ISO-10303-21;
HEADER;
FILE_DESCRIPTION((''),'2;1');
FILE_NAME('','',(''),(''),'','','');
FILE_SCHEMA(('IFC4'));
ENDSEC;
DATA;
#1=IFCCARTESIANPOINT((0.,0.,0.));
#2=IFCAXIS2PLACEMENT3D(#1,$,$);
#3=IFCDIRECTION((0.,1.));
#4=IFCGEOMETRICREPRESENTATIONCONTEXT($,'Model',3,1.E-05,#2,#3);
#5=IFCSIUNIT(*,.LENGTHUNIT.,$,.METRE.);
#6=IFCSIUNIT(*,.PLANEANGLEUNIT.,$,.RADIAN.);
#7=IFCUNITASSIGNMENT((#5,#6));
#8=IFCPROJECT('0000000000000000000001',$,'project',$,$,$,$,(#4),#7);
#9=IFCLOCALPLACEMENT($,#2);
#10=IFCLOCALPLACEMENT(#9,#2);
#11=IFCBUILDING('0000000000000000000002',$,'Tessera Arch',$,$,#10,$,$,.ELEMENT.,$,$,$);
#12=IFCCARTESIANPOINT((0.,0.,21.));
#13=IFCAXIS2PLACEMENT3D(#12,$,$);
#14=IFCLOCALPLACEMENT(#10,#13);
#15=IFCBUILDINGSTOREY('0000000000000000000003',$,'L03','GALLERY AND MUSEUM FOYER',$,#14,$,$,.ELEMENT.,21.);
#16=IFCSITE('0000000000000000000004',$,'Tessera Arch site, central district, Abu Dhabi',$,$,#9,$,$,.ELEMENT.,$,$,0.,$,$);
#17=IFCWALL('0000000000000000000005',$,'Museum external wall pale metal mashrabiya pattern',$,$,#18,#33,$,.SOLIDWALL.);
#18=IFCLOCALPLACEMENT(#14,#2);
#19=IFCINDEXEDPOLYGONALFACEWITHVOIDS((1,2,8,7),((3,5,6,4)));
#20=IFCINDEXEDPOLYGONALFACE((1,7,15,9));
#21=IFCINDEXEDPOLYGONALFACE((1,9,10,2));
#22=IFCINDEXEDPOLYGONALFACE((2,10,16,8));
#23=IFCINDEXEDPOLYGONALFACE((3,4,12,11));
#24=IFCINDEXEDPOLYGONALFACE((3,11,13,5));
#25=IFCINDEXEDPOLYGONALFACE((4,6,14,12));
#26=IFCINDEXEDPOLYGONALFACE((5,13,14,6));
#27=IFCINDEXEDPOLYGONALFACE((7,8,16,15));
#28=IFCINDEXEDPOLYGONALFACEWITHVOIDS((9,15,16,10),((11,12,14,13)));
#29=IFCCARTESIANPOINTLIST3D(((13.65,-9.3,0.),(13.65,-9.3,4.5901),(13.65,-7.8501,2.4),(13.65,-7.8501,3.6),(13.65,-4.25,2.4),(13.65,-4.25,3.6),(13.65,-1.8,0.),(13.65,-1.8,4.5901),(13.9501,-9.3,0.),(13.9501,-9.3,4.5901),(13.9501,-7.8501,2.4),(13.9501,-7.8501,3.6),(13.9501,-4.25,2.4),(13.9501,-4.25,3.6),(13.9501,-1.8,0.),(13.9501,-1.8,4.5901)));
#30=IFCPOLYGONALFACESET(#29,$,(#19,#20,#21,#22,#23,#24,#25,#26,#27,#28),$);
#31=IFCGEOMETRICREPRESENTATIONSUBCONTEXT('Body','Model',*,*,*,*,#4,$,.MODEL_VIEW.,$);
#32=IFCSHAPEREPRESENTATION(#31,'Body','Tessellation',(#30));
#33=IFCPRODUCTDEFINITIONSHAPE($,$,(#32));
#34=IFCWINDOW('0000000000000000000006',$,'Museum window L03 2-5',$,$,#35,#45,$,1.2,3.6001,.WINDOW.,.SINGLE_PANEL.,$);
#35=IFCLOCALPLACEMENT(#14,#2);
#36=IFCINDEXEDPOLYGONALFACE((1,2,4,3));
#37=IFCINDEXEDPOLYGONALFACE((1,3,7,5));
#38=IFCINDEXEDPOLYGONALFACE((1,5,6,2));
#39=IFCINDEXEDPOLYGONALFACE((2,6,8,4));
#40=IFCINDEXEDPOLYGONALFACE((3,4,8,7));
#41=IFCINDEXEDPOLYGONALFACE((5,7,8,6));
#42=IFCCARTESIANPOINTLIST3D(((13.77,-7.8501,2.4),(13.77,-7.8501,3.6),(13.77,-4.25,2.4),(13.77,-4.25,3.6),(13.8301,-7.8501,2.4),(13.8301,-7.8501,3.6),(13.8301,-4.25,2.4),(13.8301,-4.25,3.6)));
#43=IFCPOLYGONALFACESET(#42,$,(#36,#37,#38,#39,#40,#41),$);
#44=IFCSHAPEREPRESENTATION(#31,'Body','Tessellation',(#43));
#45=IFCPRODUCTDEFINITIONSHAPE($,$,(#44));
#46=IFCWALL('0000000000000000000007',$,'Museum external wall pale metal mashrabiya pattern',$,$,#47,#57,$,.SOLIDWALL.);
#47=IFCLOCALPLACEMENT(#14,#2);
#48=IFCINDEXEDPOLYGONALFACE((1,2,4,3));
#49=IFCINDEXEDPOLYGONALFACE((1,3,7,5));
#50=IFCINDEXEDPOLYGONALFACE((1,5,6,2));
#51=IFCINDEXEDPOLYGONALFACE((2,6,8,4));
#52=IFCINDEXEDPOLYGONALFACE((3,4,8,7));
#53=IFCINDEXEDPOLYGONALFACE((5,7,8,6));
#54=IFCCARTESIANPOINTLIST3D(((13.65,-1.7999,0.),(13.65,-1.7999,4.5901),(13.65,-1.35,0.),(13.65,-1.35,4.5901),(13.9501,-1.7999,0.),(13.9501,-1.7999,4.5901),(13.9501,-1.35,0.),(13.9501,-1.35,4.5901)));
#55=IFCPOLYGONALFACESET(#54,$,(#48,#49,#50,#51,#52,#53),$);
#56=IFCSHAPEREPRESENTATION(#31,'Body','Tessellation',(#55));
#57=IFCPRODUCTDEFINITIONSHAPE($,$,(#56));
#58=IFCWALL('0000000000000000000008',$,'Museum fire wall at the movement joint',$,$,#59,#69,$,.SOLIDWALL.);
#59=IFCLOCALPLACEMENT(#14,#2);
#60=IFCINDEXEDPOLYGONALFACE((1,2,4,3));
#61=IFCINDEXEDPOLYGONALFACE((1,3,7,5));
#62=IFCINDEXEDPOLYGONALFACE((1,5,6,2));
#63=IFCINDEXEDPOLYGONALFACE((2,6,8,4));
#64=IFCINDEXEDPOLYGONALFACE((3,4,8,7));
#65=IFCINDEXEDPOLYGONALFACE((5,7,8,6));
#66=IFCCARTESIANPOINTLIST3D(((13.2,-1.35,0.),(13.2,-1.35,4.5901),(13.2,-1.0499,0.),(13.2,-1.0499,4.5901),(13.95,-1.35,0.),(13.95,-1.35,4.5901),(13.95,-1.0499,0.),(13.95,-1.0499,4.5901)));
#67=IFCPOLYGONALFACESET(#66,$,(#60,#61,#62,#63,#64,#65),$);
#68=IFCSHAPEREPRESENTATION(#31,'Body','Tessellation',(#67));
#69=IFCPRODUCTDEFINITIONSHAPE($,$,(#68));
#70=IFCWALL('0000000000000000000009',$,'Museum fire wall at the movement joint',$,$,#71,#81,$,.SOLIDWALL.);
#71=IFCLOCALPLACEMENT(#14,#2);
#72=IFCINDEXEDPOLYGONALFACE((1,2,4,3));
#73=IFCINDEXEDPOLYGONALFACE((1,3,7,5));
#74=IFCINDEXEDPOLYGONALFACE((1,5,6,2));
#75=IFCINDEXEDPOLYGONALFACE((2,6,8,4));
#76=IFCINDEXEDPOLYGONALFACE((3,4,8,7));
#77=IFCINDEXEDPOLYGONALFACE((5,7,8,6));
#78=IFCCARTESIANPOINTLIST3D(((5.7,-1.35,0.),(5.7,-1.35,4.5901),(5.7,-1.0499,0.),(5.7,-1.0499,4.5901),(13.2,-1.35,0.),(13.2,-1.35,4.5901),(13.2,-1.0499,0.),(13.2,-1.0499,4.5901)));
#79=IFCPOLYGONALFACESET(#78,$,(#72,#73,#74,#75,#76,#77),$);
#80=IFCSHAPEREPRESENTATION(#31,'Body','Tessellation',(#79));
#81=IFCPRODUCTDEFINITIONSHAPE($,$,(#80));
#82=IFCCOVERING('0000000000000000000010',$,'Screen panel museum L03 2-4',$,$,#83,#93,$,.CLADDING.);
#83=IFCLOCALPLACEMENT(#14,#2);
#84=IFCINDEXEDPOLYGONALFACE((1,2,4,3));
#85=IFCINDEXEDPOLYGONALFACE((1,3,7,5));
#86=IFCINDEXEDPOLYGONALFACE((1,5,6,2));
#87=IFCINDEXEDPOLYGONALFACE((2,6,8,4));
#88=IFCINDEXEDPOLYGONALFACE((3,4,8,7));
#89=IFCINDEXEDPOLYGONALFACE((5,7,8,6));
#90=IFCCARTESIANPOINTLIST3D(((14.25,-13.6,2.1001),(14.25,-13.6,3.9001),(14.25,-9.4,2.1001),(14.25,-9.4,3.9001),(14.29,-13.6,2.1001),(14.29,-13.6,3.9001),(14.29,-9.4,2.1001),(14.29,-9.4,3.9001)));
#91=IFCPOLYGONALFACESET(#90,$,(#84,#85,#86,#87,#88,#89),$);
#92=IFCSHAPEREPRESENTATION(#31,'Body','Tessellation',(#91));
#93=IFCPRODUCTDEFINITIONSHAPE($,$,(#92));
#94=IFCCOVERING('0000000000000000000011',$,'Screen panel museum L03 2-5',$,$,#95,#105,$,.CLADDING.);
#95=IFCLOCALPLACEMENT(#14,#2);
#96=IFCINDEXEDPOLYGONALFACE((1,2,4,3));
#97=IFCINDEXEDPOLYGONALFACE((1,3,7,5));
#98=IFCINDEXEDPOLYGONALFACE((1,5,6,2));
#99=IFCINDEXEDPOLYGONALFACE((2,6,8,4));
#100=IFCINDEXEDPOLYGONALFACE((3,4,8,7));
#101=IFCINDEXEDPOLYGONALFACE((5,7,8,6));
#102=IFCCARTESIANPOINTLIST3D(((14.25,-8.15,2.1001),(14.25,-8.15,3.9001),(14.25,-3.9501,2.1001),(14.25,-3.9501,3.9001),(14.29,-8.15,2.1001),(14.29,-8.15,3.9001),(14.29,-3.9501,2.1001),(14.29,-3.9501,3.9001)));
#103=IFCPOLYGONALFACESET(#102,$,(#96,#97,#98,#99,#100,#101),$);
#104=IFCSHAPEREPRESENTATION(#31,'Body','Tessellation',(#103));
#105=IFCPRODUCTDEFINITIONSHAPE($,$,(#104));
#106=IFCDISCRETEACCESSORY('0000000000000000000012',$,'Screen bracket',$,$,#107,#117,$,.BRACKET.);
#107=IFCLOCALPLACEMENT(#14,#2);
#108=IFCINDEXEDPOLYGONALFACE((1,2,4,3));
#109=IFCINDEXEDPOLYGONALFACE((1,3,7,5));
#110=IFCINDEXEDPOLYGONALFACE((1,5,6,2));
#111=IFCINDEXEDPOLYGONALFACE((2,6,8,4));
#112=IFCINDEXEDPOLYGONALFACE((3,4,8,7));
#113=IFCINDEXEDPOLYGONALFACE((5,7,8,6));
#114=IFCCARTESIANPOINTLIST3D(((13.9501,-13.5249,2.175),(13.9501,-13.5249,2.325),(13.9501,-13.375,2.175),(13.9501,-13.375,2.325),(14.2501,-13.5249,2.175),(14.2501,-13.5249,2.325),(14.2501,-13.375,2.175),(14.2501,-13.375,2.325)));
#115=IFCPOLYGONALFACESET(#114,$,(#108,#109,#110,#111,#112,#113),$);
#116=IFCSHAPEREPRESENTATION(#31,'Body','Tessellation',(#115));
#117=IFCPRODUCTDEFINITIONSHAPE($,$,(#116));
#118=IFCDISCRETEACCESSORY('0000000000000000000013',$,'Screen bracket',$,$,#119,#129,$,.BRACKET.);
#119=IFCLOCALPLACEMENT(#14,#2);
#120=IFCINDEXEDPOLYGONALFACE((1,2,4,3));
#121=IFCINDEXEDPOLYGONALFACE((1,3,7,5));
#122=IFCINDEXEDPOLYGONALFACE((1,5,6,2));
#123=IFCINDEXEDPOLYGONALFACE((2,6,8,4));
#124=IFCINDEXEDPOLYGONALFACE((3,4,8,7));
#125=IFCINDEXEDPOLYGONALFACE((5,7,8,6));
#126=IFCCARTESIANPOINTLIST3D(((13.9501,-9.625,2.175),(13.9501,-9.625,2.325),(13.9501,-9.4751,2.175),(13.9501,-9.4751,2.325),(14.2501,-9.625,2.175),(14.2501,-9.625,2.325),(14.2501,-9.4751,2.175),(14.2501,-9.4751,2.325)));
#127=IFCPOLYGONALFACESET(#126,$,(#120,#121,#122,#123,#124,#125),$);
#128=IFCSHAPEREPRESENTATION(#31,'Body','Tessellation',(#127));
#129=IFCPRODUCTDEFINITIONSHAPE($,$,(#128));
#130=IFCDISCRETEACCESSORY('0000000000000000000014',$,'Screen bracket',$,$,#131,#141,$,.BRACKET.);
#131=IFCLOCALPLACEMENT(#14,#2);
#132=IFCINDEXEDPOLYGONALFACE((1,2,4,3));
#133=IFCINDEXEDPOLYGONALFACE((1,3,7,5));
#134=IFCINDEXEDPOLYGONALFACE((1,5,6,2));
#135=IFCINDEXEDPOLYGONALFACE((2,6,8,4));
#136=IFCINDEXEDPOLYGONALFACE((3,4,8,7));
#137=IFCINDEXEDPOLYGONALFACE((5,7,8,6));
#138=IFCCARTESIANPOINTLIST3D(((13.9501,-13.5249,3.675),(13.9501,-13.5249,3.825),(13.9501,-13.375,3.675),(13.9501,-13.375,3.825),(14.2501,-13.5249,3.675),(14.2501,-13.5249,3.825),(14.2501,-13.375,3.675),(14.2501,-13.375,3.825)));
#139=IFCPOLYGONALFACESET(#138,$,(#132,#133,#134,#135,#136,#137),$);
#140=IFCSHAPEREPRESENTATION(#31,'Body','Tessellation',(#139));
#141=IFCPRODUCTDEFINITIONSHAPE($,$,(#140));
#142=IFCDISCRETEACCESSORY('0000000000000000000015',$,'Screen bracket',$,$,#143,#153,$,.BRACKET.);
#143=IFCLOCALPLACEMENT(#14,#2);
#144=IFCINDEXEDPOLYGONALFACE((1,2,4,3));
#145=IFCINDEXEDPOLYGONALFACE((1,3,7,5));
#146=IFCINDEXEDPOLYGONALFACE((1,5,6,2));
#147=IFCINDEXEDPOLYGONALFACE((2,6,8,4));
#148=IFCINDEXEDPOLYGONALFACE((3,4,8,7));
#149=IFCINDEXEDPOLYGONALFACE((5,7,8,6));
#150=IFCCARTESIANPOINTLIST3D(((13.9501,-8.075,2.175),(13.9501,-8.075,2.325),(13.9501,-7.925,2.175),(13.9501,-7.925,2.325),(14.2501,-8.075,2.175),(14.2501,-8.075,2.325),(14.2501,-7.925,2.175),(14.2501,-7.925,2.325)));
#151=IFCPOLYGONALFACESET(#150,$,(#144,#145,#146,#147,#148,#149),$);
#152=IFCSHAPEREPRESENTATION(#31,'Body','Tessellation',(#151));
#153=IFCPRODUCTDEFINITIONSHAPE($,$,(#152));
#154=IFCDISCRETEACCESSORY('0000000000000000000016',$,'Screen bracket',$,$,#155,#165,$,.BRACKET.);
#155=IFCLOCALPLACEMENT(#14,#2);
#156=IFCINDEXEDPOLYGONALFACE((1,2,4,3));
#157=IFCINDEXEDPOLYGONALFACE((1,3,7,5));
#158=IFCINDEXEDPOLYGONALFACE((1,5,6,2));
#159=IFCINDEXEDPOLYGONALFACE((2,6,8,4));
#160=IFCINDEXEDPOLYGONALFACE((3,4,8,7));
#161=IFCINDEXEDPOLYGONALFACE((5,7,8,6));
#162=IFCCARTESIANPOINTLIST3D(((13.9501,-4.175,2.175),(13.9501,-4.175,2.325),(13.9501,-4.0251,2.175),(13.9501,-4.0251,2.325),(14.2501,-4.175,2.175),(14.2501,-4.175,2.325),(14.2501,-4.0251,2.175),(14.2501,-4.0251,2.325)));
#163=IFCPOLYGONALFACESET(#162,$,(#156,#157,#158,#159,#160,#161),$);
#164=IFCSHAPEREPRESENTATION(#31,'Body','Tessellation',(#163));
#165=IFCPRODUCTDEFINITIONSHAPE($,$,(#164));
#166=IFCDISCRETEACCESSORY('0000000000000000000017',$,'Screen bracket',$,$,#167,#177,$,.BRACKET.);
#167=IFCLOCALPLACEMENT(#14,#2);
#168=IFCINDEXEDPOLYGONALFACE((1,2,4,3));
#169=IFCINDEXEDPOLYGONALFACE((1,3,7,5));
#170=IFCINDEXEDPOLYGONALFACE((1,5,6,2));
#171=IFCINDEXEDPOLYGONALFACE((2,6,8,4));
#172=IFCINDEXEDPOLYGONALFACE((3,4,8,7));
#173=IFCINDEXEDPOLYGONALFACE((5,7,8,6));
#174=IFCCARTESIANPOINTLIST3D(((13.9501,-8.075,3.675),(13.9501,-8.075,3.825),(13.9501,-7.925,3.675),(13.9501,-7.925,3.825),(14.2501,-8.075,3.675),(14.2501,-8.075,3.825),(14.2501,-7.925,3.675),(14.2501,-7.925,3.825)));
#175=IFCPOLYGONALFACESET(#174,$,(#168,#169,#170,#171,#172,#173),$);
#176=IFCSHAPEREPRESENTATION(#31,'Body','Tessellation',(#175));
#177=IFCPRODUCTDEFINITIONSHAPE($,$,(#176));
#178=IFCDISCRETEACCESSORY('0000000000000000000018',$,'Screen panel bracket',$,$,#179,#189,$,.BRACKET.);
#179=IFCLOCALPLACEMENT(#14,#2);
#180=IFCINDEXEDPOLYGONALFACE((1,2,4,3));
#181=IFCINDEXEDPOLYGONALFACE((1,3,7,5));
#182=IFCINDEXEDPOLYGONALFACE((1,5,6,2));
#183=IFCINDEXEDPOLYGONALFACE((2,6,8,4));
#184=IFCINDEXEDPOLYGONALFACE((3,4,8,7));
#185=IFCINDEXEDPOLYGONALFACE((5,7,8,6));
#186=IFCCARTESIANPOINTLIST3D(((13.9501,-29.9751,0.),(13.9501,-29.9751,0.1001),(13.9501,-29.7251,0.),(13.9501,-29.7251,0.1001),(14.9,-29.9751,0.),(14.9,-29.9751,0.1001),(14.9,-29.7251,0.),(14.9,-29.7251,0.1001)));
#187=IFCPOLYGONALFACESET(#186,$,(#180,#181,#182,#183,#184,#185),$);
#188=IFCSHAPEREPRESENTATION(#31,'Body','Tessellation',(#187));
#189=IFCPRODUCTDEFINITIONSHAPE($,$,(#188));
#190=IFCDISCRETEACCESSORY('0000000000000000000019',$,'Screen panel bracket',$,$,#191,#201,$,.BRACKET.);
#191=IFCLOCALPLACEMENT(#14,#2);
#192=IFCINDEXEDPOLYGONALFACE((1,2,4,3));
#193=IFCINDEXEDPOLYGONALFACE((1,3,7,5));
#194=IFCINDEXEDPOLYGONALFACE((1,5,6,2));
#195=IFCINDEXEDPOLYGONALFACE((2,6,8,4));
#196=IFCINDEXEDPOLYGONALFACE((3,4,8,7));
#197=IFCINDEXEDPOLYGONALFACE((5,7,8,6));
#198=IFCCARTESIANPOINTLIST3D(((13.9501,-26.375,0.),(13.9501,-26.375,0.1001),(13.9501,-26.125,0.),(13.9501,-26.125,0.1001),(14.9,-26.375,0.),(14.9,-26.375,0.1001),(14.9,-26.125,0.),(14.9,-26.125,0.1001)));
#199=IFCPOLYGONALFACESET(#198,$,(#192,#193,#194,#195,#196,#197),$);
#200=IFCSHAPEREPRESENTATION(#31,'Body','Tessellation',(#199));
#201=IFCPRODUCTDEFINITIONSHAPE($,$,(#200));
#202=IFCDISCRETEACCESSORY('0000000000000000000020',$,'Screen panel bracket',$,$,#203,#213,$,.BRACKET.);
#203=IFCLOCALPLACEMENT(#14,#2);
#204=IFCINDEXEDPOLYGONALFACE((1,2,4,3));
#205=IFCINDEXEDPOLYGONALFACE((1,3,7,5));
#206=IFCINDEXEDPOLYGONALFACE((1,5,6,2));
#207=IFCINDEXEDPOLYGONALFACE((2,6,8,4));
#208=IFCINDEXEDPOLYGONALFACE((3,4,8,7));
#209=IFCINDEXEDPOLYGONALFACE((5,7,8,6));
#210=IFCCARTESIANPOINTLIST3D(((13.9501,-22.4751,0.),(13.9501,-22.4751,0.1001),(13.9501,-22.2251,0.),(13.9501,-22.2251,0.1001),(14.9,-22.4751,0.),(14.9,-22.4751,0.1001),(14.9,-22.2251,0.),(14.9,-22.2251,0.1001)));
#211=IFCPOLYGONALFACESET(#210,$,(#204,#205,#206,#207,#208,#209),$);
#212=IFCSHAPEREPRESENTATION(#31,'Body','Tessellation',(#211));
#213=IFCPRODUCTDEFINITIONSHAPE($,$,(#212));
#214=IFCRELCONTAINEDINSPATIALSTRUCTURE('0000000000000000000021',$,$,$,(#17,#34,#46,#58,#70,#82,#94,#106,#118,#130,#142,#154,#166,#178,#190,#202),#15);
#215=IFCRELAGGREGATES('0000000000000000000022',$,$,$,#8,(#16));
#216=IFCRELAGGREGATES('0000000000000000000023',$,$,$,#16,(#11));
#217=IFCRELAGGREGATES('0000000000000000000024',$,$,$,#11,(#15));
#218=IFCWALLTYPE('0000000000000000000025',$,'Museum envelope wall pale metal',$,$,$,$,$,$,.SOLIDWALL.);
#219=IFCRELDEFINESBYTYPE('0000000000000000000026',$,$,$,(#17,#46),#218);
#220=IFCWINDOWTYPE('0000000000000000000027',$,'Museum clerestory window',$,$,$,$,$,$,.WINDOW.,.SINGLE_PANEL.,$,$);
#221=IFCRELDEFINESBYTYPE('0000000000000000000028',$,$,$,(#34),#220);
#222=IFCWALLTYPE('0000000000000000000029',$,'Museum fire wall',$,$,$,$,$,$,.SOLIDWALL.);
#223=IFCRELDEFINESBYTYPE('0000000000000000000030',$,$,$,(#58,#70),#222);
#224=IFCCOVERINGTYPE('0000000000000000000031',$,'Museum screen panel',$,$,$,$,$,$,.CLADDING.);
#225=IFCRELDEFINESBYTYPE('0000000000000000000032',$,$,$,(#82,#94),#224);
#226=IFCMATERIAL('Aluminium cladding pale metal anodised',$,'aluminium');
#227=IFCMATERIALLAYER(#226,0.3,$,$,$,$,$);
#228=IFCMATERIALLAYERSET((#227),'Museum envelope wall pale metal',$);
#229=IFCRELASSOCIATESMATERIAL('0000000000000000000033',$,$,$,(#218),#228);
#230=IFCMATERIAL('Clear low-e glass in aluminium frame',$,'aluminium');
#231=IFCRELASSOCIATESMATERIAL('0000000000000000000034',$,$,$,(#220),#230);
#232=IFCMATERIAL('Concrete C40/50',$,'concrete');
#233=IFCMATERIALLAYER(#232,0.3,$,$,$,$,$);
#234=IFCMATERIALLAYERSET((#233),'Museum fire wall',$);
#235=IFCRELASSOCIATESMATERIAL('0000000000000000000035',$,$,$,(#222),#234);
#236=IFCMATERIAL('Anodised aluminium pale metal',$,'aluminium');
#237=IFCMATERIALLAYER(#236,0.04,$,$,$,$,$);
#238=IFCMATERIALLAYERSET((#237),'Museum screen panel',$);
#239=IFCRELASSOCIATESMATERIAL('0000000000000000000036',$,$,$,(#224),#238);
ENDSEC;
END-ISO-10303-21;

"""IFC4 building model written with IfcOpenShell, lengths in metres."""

from ifc_helpers import new_model, si_unit, direction, frame, frame_2d, origin, origin_2d, place, context, subcontext, project, spatial, rectangle, extrude, material, layer, layer_set, type_object, element, fill, save


model = new_model("IFC4")

# Units and contexts
model_context = context("Model", 3, precision=1e-05, world=origin(), true_north=direction((0.0, 1.0)))
body_context = subcontext(model_context, "Body", "Model", "MODEL_VIEW")
ifc_project = project(units=[si_unit("LENGTHUNIT", "METRE"), si_unit("PLANEANGLEUNIT", "RADIAN")], contexts=[model_context])

# Site, building, storey
site_placement = place(None, origin())
site = spatial("IfcSite", under=ifc_project, at=site_placement, Name="Tessera Arch site, central district, Abu Dhabi", CompositionType="ELEMENT", RefElevation=0.0)
building_placement = place(site_placement, origin())
building = spatial("IfcBuilding", under=site, at=building_placement, Name="Tessera Arch", CompositionType="ELEMENT")
storey_placement = place(building_placement, frame((0.0, 0.0, 21.0)))
storey = spatial("IfcBuildingStorey", under=building, at=storey_placement, Name="L03", Description="GALLERY AND MUSEUM FOYER", CompositionType="ELEMENT", Elevation=21.0)

# Shared definitions
ifc_material_1 = material(Name="Aluminium cladding pale metal anodised", Category="aluminium")
ifc_layer_1 = layer(ifc_material_1, 0.3)
ifc_layer_set_1 = layer_set([ifc_layer_1], Name="Museum envelope wall pale metal")
wall_type_1 = type_object("IfcWallType", Name="Museum envelope wall pale metal", PredefinedType="SOLIDWALL", material=ifc_layer_set_1)

# Wall, opening, window
ifc_material_2 = material(Name="Clear low-e glass in aluminium frame", Category="aluminium")
window_type = type_object("IfcWindowType", Name="Museum clerestory window", PartitioningType="SINGLE_PANEL", PredefinedType="WINDOW", material=ifc_material_2)
wall_1_placement = place(storey_placement, frame((13.8, -9.3, 0.0), z_axis=(0.0, 0.0, 1.0), x_axis=(0.0, 1.0, 0.0)))
wall_1 = element("IfcWall", 1, at=wall_1_placement, inside=storey, type_object=wall_type_1, Name="Museum external wall pale metal mashrabiya pattern", PredefinedType="SOLIDWALL", context=body_context, shape_type="SweptSolid", body=[
    extrude(rectangle(XDim=7.5, YDim=0.3, at=frame_2d((3.75, 0.0))), origin(), (0.0, 0.0, 1.0), 4.5901),
])
opening_1_placement = place(wall_1_placement, frame((1.45, 0.0, 2.3999)))
opening_1 = element("IfcOpeningElement", 2, at=opening_1_placement, cuts=wall_1, PredefinedType="OPENING", context=body_context, shape_type="SweptSolid", body=[
    extrude(rectangle(XDim=3.6001, YDim=1.2, at=frame_2d((1.8, 0.6001))), frame((0.0, 0.1599, 0.0), z_axis=(0.0, -1.0, 0.0), x_axis=(1.0, 0.0, 0.0)), (0.0, 0.0, 1.0), 0.3201),
])
window_1_placement = place(opening_1_placement, origin())
window_1 = element("IfcWindow", 3, at=window_1_placement, inside=storey, type_object=window_type, Name="Museum window L03 2-5", OverallHeight=1.2, OverallWidth=3.6001, PartitioningType="SINGLE_PANEL", PredefinedType="WINDOW", context=body_context, shape_type="SweptSolid", body=[
    extrude(rectangle(XDim=3.6001, YDim=1.2, at=frame_2d((1.8, 0.6001))), frame((0.0, 0.03, 0.0), z_axis=(0.0, -1.0, 0.0), x_axis=(1.0, 0.0, 0.0)), (0.0, 0.0, 1.0), 0.0601),
])
fill(opening_1, window_1)

# Walls
wall_2_placement = place(storey_placement, frame((13.8, -1.8, 0.0), z_axis=(0.0, 0.0, 1.0), x_axis=(0.0, 1.0, 0.0)))
element("IfcWall", 4, at=wall_2_placement, inside=storey, type_object=wall_type_1, Name="Museum external wall pale metal mashrabiya pattern", PredefinedType="SOLIDWALL", context=body_context, shape_type="SweptSolid", body=[
    extrude(rectangle(XDim=0.45, YDim=0.3, at=frame_2d((0.2251, 0.0))), origin(), (0.0, 0.0, 1.0), 4.5901),
])
ifc_material_3 = material(Name="Concrete C40/50", Category="concrete")
ifc_layer_2 = layer(ifc_material_3, 0.3)
ifc_layer_set_2 = layer_set([ifc_layer_2], Name="Museum fire wall")
wall_type_2 = type_object("IfcWallType", Name="Museum fire wall", PredefinedType="SOLIDWALL", material=ifc_layer_set_2)
wall_3_placement = place(storey_placement, frame((13.95, -1.2, 0.0), z_axis=(0.0, 0.0, 1.0), x_axis=(-1.0, 0.0, 0.0)))
element("IfcWall", 5, at=wall_3_placement, inside=storey, type_object=wall_type_2, Name="Museum fire wall at the movement joint", PredefinedType="SOLIDWALL", context=body_context, shape_type="SweptSolid", body=[
    extrude(rectangle(XDim=0.75, YDim=0.3, at=frame_2d((0.375, 0.0))), origin(), (0.0, 0.0, 1.0), 4.5901),
])
wall_4_placement = place(storey_placement, frame((13.2, -1.2, 0.0), z_axis=(0.0, 0.0, 1.0), x_axis=(-1.0, 0.0, 0.0)))
element("IfcWall", 6, at=wall_4_placement, inside=storey, type_object=wall_type_2, Name="Museum fire wall at the movement joint", PredefinedType="SOLIDWALL", context=body_context, shape_type="SweptSolid", body=[
    extrude(rectangle(XDim=7.5, YDim=0.3, at=frame_2d((3.75, 0.0))), origin(), (0.0, 0.0, 1.0), 4.5901),
])

# Coverings
ifc_material_4 = material(Name="Anodised aluminium pale metal", Category="aluminium")
ifc_layer_3 = layer(ifc_material_4, 0.04)
ifc_layer_set_3 = layer_set([ifc_layer_3], Name="Museum screen panel")
covering_type = type_object("IfcCoveringType", Name="Museum screen panel", PredefinedType="CLADDING", material=ifc_layer_set_3)
for number, where, z_axis, x_axis, name in (
    (7, (14.27, -11.5, 2.1001), (0.0, 0.0, 1.0), (0.0, 1.0, 0.0), "Screen panel museum L03 2-4"),
    (8, (14.27, -6.05, 2.1001), (0.0, 0.0, 1.0), (0.0, 1.0, 0.0), "Screen panel museum L03 2-5"),
):
    element("IfcCovering", number, at=place(storey_placement, frame(where, z_axis=z_axis, x_axis=x_axis)), inside=storey, type_object=covering_type, Name=name, PredefinedType="CLADDING", context=body_context, shape_type="SweptSolid", body=[
        extrude(rectangle(XDim=4.2, YDim=0.04, at=origin_2d()), origin(), (0.0, 0.0, 1.0), 1.8),
    ])

# Discrete accessories
for number, where, z_axis, x_axis, name in (
    (9, (14.1001, -13.45, 2.175), (0.0, 0.0, 1.0), (1.0, 0.0, 0.0), "Screen bracket"),
    (10, (14.1001, -9.55, 2.175), (0.0, 0.0, 1.0), (1.0, 0.0, 0.0), "Screen bracket"),
    (11, (14.1001, -13.45, 3.675), (0.0, 0.0, 1.0), (1.0, 0.0, 0.0), "Screen bracket"),
    (12, (14.1001, -8.0, 2.175), (0.0, 0.0, 1.0), (1.0, 0.0, 0.0), "Screen bracket"),
    (13, (14.1001, -4.1001, 2.175), (0.0, 0.0, 1.0), (1.0, 0.0, 0.0), "Screen bracket"),
    (14, (14.1001, -8.0, 3.675), (0.0, 0.0, 1.0), (1.0, 0.0, 0.0), "Screen bracket"),
):
    element("IfcDiscreteAccessory", number, at=place(storey_placement, frame(where, z_axis=z_axis, x_axis=x_axis)), inside=storey, Name=name, PredefinedType="BRACKET", context=body_context, shape_type="SweptSolid", body=[
        extrude(rectangle(XDim=0.3, YDim=0.1499, at=origin_2d()), origin(), (0.0, 0.0, 1.0), 0.1499),
    ])
for number, where, z_axis, x_axis, name in (
    (15, (14.425, -29.8501, 0.0), (0.0, 0.0, 1.0), (1.0, 0.0, 0.0), "Screen panel bracket"),
    (16, (14.425, -26.25, 0.0), (0.0, 0.0, 1.0), (1.0, 0.0, 0.0), "Screen panel bracket"),
    (17, (14.425, -22.3501, 0.0), (0.0, 0.0, 1.0), (1.0, 0.0, 0.0), "Screen panel bracket"),
):
    element("IfcDiscreteAccessory", number, at=place(storey_placement, frame(where, z_axis=z_axis, x_axis=x_axis)), inside=storey, Name=name, PredefinedType="BRACKET", context=body_context, shape_type="SweptSolid", body=[
        extrude(rectangle(XDim=0.95, YDim=0.25, at=origin_2d()), origin(), (0.0, 0.0, 1.0), 0.1001),
    ])

save(model, "model.ifc")
